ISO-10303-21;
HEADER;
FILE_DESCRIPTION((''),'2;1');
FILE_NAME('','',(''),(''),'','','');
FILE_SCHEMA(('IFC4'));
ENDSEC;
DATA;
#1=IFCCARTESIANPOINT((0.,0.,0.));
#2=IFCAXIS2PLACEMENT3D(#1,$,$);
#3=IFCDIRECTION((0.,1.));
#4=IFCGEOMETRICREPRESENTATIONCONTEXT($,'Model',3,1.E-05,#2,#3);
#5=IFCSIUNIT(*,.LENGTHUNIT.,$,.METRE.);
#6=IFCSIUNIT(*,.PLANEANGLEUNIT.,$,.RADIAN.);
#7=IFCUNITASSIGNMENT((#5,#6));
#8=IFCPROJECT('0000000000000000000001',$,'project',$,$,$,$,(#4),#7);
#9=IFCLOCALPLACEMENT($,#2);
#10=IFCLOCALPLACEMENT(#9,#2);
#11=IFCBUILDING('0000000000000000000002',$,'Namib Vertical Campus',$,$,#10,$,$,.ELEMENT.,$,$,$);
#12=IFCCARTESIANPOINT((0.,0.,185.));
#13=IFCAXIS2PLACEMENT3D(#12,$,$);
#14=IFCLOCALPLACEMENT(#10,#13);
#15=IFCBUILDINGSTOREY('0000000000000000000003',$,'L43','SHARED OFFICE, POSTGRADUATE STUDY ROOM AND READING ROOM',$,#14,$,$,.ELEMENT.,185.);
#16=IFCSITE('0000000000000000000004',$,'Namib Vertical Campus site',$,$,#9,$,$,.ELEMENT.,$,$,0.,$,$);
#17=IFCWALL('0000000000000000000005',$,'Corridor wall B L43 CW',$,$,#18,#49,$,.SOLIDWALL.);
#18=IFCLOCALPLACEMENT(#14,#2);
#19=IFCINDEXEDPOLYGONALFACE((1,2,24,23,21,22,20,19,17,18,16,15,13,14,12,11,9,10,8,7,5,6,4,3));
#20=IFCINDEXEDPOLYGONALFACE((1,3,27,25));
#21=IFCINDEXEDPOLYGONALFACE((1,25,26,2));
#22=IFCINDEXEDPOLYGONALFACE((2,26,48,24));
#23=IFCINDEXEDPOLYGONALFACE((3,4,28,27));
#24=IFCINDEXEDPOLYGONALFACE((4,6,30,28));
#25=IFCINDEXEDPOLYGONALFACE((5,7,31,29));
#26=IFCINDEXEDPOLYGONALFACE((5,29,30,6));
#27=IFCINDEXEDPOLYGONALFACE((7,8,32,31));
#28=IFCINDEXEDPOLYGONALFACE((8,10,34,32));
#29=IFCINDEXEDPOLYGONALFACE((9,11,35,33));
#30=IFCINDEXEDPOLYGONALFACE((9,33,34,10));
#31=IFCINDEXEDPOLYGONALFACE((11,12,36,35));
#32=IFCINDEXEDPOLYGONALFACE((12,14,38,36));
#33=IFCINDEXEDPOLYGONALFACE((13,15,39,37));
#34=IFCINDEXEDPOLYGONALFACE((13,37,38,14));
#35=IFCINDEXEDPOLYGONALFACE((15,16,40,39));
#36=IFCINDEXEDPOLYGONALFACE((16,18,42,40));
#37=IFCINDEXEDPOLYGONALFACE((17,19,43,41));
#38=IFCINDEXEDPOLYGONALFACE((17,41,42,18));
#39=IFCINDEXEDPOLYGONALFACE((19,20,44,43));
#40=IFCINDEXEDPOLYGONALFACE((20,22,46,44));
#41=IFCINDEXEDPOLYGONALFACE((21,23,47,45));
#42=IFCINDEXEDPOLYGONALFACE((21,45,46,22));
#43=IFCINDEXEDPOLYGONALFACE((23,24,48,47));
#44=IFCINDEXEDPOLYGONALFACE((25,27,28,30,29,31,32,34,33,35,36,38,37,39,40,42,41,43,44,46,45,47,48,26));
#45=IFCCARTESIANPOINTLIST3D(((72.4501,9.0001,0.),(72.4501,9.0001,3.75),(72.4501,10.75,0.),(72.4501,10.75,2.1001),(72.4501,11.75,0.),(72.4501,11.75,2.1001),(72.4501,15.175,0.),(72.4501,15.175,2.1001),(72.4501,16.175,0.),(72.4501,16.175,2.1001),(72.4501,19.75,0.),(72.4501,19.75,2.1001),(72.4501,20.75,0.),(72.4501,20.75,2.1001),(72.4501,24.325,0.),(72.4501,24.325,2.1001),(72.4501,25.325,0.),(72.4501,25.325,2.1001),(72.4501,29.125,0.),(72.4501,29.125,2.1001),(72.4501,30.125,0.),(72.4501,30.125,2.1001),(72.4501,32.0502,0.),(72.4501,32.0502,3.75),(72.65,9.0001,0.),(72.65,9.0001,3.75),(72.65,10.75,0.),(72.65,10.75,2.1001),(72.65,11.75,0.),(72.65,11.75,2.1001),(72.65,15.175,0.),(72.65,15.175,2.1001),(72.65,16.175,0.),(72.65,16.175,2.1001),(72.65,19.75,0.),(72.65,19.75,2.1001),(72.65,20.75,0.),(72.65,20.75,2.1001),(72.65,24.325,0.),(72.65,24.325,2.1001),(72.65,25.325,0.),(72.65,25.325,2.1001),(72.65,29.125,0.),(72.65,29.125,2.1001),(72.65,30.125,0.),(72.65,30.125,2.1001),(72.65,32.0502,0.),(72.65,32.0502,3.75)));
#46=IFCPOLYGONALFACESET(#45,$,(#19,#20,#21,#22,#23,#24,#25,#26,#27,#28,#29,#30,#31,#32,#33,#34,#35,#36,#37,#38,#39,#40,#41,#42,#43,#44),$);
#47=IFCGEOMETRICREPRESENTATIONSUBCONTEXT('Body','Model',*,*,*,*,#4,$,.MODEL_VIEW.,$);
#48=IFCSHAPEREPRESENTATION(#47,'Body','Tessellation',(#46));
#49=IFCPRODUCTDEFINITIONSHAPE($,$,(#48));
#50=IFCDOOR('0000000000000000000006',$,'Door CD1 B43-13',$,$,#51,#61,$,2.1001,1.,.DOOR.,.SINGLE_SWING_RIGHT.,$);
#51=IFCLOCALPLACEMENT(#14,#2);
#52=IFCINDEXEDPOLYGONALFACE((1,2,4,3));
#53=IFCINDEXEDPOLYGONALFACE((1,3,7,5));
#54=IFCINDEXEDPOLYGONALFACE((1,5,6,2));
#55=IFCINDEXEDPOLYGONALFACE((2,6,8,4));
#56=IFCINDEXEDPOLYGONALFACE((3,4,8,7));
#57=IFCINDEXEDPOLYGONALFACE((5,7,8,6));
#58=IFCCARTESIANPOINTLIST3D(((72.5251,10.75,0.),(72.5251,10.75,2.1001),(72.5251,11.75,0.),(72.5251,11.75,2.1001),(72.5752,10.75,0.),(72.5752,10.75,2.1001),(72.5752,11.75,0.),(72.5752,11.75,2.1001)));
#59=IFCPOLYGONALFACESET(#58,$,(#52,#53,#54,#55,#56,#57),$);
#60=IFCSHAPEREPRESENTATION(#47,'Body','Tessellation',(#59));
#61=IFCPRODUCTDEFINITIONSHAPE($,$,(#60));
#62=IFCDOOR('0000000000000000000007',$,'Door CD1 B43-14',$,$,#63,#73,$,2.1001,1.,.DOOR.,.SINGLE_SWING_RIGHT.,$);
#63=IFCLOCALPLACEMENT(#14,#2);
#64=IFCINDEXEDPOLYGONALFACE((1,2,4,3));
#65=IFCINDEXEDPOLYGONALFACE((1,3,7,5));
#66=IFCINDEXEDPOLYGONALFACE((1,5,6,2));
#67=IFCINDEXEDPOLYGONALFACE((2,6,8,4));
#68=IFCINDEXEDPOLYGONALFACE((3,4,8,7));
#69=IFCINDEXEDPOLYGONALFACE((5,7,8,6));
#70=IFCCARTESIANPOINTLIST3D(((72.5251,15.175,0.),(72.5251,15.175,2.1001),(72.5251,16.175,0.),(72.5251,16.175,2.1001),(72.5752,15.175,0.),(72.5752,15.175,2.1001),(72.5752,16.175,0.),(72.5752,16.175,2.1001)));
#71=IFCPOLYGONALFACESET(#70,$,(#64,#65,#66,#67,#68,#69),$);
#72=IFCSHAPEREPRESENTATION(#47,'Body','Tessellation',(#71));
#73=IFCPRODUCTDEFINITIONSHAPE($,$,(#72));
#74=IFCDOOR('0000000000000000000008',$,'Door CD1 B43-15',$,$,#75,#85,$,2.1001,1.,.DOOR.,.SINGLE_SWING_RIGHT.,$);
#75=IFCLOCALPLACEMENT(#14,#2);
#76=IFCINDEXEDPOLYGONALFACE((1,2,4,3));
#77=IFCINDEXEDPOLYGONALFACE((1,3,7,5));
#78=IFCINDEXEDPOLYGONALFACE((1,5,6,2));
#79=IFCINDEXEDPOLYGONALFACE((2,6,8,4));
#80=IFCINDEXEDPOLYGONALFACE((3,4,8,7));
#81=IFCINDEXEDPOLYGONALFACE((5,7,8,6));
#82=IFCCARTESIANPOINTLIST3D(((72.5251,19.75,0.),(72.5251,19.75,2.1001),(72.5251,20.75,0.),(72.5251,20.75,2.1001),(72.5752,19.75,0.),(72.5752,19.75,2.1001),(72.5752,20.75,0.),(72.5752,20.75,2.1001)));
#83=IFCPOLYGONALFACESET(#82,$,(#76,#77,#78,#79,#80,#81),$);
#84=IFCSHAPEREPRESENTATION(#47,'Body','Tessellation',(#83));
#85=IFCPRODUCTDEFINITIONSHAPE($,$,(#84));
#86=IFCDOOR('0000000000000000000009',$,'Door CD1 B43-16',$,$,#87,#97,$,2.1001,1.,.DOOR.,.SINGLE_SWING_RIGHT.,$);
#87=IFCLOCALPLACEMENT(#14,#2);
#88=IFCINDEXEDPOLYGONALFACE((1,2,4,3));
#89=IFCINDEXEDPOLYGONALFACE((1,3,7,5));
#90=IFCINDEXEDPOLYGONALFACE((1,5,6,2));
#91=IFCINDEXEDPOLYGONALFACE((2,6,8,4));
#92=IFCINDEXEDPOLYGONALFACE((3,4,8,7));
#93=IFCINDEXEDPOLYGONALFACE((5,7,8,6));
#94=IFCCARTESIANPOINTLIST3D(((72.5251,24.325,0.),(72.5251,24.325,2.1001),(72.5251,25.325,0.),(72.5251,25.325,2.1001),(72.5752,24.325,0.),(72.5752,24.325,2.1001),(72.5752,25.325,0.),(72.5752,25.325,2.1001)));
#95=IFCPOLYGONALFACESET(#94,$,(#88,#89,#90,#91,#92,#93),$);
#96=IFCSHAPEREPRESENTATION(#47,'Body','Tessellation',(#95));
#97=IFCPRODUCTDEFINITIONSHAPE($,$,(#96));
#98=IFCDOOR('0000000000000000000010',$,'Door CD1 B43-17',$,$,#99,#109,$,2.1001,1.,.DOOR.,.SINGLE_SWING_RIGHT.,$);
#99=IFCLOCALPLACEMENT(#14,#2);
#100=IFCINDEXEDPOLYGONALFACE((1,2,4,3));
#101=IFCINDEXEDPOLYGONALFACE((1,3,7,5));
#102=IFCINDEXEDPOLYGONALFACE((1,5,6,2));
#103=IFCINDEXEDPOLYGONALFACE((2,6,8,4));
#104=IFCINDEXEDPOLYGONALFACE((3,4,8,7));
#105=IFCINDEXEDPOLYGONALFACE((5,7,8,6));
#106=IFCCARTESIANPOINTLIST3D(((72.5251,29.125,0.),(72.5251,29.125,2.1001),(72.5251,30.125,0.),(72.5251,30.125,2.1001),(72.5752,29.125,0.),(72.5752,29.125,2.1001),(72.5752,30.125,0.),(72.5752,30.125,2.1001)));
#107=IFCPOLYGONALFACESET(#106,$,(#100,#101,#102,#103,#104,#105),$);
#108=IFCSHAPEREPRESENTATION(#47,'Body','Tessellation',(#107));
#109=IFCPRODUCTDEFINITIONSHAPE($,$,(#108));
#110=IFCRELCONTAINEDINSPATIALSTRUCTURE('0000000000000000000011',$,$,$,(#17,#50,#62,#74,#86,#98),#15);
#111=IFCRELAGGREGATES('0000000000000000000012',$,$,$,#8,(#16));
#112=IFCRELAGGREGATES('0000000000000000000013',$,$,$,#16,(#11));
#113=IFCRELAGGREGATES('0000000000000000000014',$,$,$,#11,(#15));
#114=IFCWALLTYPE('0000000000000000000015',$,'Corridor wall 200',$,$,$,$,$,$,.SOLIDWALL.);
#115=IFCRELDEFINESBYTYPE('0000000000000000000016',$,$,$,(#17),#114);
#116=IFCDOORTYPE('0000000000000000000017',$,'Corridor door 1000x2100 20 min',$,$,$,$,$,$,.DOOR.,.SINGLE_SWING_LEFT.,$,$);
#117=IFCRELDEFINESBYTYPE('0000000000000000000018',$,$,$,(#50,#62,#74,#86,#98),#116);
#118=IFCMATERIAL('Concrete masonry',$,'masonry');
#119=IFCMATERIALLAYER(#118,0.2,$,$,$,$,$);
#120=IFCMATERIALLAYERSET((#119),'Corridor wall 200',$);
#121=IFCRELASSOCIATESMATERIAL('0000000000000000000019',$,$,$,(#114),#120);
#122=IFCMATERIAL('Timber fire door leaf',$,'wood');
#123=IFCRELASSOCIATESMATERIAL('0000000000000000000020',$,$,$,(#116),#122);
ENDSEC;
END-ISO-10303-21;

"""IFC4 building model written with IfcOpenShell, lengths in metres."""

from ifc_helpers import new_model, si_unit, direction, frame, frame_2d, origin, place, context, subcontext, project, spatial, rectangle, extrude, material, layer, layer_set, type_object, element, fill, save


model = new_model("IFC4")

# Units and contexts
model_context = context("Model", 3, precision=1e-05, world=origin(), true_north=direction((0.0, 1.0)))
body_context = subcontext(model_context, "Body", "Model", "MODEL_VIEW")
ifc_project = project(units=[si_unit("LENGTHUNIT", "METRE"), si_unit("PLANEANGLEUNIT", "RADIAN")], contexts=[model_context])

# Site, building, storey
site_placement = place(None, origin())
site = spatial("IfcSite", under=ifc_project, at=site_placement, Name="Namib Vertical Campus site", CompositionType="ELEMENT", RefElevation=0.0)
building_placement = place(site_placement, origin())
building = spatial("IfcBuilding", under=site, at=building_placement, Name="Namib Vertical Campus", CompositionType="ELEMENT")
storey_placement = place(building_placement, frame((0.0, 0.0, 185.0)))
storey = spatial("IfcBuildingStorey", under=building, at=storey_placement, Name="L43", Description="SHARED OFFICE, POSTGRADUATE STUDY ROOM AND READING ROOM", CompositionType="ELEMENT", Elevation=185.0)

# Wall, openings, doors
ifc_material_1 = material(Name="Concrete masonry", Category="masonry")
ifc_layer_1 = layer(ifc_material_1, 0.2)
ifc_layer_set_1 = layer_set([ifc_layer_1], Name="Corridor wall 200")
wall_type_1 = type_object("IfcWallType", Name="Corridor wall 200", PredefinedType="SOLIDWALL", material=ifc_layer_set_1)
ifc_material_2 = material(Name="Timber fire door leaf", Category="wood")
door_type_1 = type_object("IfcDoorType", Name="Corridor door 1000x2100 20 min", OperationType="SINGLE_SWING_LEFT", PredefinedType="DOOR", material=ifc_material_2)
wall_1_placement = place(storey_placement, frame((72.55, 32.05, 0.0), z_axis=(0.0, 0.0, 1.0), x_axis=(0.0, -1.0, 0.0)))
wall_1 = element("IfcWall", 1, at=wall_1_placement, inside=storey, type_object=wall_type_1, Name="Corridor wall B L43 CW", PredefinedType="SOLIDWALL", context=body_context, shape_type="SweptSolid", body=[
    extrude(rectangle(XDim=23.05, YDim=0.2, at=frame_2d((11.5249, 0.0))), origin(), (0.0, 0.0, 1.0), 3.75),
])
opening_1_placement = place(wall_1_placement, frame((20.3, 0.0, 0.0)))
opening_1 = element("IfcOpeningElement", 2, at=opening_1_placement, cuts=wall_1, PredefinedType="OPENING", context=body_context, shape_type="SweptSolid", body=[
    extrude(rectangle(XDim=1.0, YDim=2.1001, at=frame_2d((0.5, 1.05))), frame((0.0, 0.1099, 0.0), z_axis=(0.0, -1.0, 0.0), x_axis=(1.0, 0.0, 0.0)), (0.0, 0.0, 1.0), 0.22),
])
opening_2_placement = place(wall_1_placement, frame((15.875, 0.0, 0.0)))
opening_2 = element("IfcOpeningElement", 3, at=opening_2_placement, cuts=wall_1, PredefinedType="OPENING", context=body_context, shape_type="SweptSolid", body=[
    extrude(rectangle(XDim=1.0, YDim=2.1001, at=frame_2d((0.5, 1.05))), frame((0.0, 0.1099, 0.0), z_axis=(0.0, -1.0, 0.0), x_axis=(1.0, 0.0, 0.0)), (0.0, 0.0, 1.0), 0.22),
])
opening_3_placement = place(wall_1_placement, frame((11.3, 0.0, 0.0)))
opening_3 = element("IfcOpeningElement", 4, at=opening_3_placement, cuts=wall_1, PredefinedType="OPENING", context=body_context, shape_type="SweptSolid", body=[
    extrude(rectangle(XDim=1.0, YDim=2.1001, at=frame_2d((0.5, 1.05))), frame((0.0, 0.1099, 0.0), z_axis=(0.0, -1.0, 0.0), x_axis=(1.0, 0.0, 0.0)), (0.0, 0.0, 1.0), 0.22),
])
opening_4_placement = place(wall_1_placement, frame((6.7251, 0.0, 0.0)))
opening_4 = element("IfcOpeningElement", 5, at=opening_4_placement, cuts=wall_1, PredefinedType="OPENING", context=body_context, shape_type="SweptSolid", body=[
    extrude(rectangle(XDim=1.0, YDim=2.1001, at=frame_2d((0.5, 1.05))), frame((0.0, 0.1099, 0.0), z_axis=(0.0, -1.0, 0.0), x_axis=(1.0, 0.0, 0.0)), (0.0, 0.0, 1.0), 0.22),
])
opening_5_placement = place(wall_1_placement, frame((1.925, 0.0, 0.0)))
opening_5 = element("IfcOpeningElement", 6, at=opening_5_placement, cuts=wall_1, PredefinedType="OPENING", context=body_context, shape_type="SweptSolid", body=[
    extrude(rectangle(XDim=1.0, YDim=2.1001, at=frame_2d((0.5, 1.05))), frame((0.0, 0.1099, 0.0), z_axis=(0.0, -1.0, 0.0), x_axis=(1.0, 0.0, 0.0)), (0.0, 0.0, 1.0), 0.22),
])
door_1_placement = place(opening_1_placement, frame((1.0, 0.0, 0.0), z_axis=(0.0, 0.0, 1.0), x_axis=(-1.0, 0.0, 0.0)))
door_1 = element("IfcDoor", 7, at=door_1_placement, inside=storey, type_object=door_type_1, Name="Door CD1 B43-13", OperationType="SINGLE_SWING_RIGHT", OverallHeight=2.1001, OverallWidth=1.0, PredefinedType="DOOR", context=body_context, shape_type="SweptSolid", body=[
    extrude(rectangle(XDim=1.0, YDim=2.1001, at=frame_2d((0.5, 1.05))), frame((0.0, 0.0249, 0.0), z_axis=(0.0, -1.0, 0.0), x_axis=(1.0, 0.0, 0.0)), (0.0, 0.0, 1.0), 0.05),
])
fill(opening_1, door_1)
door_2_placement = place(opening_2_placement, frame((1.0, 0.0, 0.0), z_axis=(0.0, 0.0, 1.0), x_axis=(-1.0, 0.0, 0.0)))
door_2 = element("IfcDoor", 8, at=door_2_placement, inside=storey, type_object=door_type_1, Name="Door CD1 B43-14", OperationType="SINGLE_SWING_RIGHT", OverallHeight=2.1001, OverallWidth=1.0, PredefinedType="DOOR", context=body_context, shape_type="SweptSolid", body=[
    extrude(rectangle(XDim=1.0, YDim=2.1001, at=frame_2d((0.5, 1.05))), frame((0.0, 0.0249, 0.0), z_axis=(0.0, -1.0, 0.0), x_axis=(1.0, 0.0, 0.0)), (0.0, 0.0, 1.0), 0.05),
])
fill(opening_2, door_2)
door_3_placement = place(opening_3_placement, frame((1.0, 0.0, 0.0), z_axis=(0.0, 0.0, 1.0), x_axis=(-1.0, 0.0, 0.0)))
door_3 = element("IfcDoor", 9, at=door_3_placement, inside=storey, type_object=door_type_1, Name="Door CD1 B43-15", OperationType="SINGLE_SWING_RIGHT", OverallHeight=2.1001, OverallWidth=1.0, PredefinedType="DOOR", context=body_context, shape_type="SweptSolid", body=[
    extrude(rectangle(XDim=1.0, YDim=2.1001, at=frame_2d((0.5, 1.05))), frame((0.0, 0.0249, 0.0), z_axis=(0.0, -1.0, 0.0), x_axis=(1.0, 0.0, 0.0)), (0.0, 0.0, 1.0), 0.05),
])
fill(opening_3, door_3)
door_4_placement = place(opening_4_placement, frame((1.0, 0.0, 0.0), z_axis=(0.0, 0.0, 1.0), x_axis=(-1.0, 0.0, 0.0)))
door_4 = element("IfcDoor", 10, at=door_4_placement, inside=storey, type_object=door_type_1, Name="Door CD1 B43-16", OperationType="SINGLE_SWING_RIGHT", OverallHeight=2.1001, OverallWidth=1.0, PredefinedType="DOOR", context=body_context, shape_type="SweptSolid", body=[
    extrude(rectangle(XDim=1.0, YDim=2.1001, at=frame_2d((0.5, 1.05))), frame((0.0, 0.0249, 0.0), z_axis=(0.0, -1.0, 0.0), x_axis=(1.0, 0.0, 0.0)), (0.0, 0.0, 1.0), 0.05),
])
fill(opening_4, door_4)
door_5_placement = place(opening_5_placement, frame((1.0, 0.0, 0.0), z_axis=(0.0, 0.0, 1.0), x_axis=(-1.0, 0.0, 0.0)))
door_5 = element("IfcDoor", 11, at=door_5_placement, inside=storey, type_object=door_type_1, Name="Door CD1 B43-17", OperationType="SINGLE_SWING_RIGHT", OverallHeight=2.1001, OverallWidth=1.0, PredefinedType="DOOR", context=body_context, shape_type="SweptSolid", body=[
    extrude(rectangle(XDim=1.0, YDim=2.1001, at=frame_2d((0.5, 1.05))), frame((0.0, 0.0249, 0.0), z_axis=(0.0, -1.0, 0.0), x_axis=(1.0, 0.0, 0.0)), (0.0, 0.0, 1.0), 0.05),
])
fill(opening_5, door_5)

save(model, "model.ifc")
